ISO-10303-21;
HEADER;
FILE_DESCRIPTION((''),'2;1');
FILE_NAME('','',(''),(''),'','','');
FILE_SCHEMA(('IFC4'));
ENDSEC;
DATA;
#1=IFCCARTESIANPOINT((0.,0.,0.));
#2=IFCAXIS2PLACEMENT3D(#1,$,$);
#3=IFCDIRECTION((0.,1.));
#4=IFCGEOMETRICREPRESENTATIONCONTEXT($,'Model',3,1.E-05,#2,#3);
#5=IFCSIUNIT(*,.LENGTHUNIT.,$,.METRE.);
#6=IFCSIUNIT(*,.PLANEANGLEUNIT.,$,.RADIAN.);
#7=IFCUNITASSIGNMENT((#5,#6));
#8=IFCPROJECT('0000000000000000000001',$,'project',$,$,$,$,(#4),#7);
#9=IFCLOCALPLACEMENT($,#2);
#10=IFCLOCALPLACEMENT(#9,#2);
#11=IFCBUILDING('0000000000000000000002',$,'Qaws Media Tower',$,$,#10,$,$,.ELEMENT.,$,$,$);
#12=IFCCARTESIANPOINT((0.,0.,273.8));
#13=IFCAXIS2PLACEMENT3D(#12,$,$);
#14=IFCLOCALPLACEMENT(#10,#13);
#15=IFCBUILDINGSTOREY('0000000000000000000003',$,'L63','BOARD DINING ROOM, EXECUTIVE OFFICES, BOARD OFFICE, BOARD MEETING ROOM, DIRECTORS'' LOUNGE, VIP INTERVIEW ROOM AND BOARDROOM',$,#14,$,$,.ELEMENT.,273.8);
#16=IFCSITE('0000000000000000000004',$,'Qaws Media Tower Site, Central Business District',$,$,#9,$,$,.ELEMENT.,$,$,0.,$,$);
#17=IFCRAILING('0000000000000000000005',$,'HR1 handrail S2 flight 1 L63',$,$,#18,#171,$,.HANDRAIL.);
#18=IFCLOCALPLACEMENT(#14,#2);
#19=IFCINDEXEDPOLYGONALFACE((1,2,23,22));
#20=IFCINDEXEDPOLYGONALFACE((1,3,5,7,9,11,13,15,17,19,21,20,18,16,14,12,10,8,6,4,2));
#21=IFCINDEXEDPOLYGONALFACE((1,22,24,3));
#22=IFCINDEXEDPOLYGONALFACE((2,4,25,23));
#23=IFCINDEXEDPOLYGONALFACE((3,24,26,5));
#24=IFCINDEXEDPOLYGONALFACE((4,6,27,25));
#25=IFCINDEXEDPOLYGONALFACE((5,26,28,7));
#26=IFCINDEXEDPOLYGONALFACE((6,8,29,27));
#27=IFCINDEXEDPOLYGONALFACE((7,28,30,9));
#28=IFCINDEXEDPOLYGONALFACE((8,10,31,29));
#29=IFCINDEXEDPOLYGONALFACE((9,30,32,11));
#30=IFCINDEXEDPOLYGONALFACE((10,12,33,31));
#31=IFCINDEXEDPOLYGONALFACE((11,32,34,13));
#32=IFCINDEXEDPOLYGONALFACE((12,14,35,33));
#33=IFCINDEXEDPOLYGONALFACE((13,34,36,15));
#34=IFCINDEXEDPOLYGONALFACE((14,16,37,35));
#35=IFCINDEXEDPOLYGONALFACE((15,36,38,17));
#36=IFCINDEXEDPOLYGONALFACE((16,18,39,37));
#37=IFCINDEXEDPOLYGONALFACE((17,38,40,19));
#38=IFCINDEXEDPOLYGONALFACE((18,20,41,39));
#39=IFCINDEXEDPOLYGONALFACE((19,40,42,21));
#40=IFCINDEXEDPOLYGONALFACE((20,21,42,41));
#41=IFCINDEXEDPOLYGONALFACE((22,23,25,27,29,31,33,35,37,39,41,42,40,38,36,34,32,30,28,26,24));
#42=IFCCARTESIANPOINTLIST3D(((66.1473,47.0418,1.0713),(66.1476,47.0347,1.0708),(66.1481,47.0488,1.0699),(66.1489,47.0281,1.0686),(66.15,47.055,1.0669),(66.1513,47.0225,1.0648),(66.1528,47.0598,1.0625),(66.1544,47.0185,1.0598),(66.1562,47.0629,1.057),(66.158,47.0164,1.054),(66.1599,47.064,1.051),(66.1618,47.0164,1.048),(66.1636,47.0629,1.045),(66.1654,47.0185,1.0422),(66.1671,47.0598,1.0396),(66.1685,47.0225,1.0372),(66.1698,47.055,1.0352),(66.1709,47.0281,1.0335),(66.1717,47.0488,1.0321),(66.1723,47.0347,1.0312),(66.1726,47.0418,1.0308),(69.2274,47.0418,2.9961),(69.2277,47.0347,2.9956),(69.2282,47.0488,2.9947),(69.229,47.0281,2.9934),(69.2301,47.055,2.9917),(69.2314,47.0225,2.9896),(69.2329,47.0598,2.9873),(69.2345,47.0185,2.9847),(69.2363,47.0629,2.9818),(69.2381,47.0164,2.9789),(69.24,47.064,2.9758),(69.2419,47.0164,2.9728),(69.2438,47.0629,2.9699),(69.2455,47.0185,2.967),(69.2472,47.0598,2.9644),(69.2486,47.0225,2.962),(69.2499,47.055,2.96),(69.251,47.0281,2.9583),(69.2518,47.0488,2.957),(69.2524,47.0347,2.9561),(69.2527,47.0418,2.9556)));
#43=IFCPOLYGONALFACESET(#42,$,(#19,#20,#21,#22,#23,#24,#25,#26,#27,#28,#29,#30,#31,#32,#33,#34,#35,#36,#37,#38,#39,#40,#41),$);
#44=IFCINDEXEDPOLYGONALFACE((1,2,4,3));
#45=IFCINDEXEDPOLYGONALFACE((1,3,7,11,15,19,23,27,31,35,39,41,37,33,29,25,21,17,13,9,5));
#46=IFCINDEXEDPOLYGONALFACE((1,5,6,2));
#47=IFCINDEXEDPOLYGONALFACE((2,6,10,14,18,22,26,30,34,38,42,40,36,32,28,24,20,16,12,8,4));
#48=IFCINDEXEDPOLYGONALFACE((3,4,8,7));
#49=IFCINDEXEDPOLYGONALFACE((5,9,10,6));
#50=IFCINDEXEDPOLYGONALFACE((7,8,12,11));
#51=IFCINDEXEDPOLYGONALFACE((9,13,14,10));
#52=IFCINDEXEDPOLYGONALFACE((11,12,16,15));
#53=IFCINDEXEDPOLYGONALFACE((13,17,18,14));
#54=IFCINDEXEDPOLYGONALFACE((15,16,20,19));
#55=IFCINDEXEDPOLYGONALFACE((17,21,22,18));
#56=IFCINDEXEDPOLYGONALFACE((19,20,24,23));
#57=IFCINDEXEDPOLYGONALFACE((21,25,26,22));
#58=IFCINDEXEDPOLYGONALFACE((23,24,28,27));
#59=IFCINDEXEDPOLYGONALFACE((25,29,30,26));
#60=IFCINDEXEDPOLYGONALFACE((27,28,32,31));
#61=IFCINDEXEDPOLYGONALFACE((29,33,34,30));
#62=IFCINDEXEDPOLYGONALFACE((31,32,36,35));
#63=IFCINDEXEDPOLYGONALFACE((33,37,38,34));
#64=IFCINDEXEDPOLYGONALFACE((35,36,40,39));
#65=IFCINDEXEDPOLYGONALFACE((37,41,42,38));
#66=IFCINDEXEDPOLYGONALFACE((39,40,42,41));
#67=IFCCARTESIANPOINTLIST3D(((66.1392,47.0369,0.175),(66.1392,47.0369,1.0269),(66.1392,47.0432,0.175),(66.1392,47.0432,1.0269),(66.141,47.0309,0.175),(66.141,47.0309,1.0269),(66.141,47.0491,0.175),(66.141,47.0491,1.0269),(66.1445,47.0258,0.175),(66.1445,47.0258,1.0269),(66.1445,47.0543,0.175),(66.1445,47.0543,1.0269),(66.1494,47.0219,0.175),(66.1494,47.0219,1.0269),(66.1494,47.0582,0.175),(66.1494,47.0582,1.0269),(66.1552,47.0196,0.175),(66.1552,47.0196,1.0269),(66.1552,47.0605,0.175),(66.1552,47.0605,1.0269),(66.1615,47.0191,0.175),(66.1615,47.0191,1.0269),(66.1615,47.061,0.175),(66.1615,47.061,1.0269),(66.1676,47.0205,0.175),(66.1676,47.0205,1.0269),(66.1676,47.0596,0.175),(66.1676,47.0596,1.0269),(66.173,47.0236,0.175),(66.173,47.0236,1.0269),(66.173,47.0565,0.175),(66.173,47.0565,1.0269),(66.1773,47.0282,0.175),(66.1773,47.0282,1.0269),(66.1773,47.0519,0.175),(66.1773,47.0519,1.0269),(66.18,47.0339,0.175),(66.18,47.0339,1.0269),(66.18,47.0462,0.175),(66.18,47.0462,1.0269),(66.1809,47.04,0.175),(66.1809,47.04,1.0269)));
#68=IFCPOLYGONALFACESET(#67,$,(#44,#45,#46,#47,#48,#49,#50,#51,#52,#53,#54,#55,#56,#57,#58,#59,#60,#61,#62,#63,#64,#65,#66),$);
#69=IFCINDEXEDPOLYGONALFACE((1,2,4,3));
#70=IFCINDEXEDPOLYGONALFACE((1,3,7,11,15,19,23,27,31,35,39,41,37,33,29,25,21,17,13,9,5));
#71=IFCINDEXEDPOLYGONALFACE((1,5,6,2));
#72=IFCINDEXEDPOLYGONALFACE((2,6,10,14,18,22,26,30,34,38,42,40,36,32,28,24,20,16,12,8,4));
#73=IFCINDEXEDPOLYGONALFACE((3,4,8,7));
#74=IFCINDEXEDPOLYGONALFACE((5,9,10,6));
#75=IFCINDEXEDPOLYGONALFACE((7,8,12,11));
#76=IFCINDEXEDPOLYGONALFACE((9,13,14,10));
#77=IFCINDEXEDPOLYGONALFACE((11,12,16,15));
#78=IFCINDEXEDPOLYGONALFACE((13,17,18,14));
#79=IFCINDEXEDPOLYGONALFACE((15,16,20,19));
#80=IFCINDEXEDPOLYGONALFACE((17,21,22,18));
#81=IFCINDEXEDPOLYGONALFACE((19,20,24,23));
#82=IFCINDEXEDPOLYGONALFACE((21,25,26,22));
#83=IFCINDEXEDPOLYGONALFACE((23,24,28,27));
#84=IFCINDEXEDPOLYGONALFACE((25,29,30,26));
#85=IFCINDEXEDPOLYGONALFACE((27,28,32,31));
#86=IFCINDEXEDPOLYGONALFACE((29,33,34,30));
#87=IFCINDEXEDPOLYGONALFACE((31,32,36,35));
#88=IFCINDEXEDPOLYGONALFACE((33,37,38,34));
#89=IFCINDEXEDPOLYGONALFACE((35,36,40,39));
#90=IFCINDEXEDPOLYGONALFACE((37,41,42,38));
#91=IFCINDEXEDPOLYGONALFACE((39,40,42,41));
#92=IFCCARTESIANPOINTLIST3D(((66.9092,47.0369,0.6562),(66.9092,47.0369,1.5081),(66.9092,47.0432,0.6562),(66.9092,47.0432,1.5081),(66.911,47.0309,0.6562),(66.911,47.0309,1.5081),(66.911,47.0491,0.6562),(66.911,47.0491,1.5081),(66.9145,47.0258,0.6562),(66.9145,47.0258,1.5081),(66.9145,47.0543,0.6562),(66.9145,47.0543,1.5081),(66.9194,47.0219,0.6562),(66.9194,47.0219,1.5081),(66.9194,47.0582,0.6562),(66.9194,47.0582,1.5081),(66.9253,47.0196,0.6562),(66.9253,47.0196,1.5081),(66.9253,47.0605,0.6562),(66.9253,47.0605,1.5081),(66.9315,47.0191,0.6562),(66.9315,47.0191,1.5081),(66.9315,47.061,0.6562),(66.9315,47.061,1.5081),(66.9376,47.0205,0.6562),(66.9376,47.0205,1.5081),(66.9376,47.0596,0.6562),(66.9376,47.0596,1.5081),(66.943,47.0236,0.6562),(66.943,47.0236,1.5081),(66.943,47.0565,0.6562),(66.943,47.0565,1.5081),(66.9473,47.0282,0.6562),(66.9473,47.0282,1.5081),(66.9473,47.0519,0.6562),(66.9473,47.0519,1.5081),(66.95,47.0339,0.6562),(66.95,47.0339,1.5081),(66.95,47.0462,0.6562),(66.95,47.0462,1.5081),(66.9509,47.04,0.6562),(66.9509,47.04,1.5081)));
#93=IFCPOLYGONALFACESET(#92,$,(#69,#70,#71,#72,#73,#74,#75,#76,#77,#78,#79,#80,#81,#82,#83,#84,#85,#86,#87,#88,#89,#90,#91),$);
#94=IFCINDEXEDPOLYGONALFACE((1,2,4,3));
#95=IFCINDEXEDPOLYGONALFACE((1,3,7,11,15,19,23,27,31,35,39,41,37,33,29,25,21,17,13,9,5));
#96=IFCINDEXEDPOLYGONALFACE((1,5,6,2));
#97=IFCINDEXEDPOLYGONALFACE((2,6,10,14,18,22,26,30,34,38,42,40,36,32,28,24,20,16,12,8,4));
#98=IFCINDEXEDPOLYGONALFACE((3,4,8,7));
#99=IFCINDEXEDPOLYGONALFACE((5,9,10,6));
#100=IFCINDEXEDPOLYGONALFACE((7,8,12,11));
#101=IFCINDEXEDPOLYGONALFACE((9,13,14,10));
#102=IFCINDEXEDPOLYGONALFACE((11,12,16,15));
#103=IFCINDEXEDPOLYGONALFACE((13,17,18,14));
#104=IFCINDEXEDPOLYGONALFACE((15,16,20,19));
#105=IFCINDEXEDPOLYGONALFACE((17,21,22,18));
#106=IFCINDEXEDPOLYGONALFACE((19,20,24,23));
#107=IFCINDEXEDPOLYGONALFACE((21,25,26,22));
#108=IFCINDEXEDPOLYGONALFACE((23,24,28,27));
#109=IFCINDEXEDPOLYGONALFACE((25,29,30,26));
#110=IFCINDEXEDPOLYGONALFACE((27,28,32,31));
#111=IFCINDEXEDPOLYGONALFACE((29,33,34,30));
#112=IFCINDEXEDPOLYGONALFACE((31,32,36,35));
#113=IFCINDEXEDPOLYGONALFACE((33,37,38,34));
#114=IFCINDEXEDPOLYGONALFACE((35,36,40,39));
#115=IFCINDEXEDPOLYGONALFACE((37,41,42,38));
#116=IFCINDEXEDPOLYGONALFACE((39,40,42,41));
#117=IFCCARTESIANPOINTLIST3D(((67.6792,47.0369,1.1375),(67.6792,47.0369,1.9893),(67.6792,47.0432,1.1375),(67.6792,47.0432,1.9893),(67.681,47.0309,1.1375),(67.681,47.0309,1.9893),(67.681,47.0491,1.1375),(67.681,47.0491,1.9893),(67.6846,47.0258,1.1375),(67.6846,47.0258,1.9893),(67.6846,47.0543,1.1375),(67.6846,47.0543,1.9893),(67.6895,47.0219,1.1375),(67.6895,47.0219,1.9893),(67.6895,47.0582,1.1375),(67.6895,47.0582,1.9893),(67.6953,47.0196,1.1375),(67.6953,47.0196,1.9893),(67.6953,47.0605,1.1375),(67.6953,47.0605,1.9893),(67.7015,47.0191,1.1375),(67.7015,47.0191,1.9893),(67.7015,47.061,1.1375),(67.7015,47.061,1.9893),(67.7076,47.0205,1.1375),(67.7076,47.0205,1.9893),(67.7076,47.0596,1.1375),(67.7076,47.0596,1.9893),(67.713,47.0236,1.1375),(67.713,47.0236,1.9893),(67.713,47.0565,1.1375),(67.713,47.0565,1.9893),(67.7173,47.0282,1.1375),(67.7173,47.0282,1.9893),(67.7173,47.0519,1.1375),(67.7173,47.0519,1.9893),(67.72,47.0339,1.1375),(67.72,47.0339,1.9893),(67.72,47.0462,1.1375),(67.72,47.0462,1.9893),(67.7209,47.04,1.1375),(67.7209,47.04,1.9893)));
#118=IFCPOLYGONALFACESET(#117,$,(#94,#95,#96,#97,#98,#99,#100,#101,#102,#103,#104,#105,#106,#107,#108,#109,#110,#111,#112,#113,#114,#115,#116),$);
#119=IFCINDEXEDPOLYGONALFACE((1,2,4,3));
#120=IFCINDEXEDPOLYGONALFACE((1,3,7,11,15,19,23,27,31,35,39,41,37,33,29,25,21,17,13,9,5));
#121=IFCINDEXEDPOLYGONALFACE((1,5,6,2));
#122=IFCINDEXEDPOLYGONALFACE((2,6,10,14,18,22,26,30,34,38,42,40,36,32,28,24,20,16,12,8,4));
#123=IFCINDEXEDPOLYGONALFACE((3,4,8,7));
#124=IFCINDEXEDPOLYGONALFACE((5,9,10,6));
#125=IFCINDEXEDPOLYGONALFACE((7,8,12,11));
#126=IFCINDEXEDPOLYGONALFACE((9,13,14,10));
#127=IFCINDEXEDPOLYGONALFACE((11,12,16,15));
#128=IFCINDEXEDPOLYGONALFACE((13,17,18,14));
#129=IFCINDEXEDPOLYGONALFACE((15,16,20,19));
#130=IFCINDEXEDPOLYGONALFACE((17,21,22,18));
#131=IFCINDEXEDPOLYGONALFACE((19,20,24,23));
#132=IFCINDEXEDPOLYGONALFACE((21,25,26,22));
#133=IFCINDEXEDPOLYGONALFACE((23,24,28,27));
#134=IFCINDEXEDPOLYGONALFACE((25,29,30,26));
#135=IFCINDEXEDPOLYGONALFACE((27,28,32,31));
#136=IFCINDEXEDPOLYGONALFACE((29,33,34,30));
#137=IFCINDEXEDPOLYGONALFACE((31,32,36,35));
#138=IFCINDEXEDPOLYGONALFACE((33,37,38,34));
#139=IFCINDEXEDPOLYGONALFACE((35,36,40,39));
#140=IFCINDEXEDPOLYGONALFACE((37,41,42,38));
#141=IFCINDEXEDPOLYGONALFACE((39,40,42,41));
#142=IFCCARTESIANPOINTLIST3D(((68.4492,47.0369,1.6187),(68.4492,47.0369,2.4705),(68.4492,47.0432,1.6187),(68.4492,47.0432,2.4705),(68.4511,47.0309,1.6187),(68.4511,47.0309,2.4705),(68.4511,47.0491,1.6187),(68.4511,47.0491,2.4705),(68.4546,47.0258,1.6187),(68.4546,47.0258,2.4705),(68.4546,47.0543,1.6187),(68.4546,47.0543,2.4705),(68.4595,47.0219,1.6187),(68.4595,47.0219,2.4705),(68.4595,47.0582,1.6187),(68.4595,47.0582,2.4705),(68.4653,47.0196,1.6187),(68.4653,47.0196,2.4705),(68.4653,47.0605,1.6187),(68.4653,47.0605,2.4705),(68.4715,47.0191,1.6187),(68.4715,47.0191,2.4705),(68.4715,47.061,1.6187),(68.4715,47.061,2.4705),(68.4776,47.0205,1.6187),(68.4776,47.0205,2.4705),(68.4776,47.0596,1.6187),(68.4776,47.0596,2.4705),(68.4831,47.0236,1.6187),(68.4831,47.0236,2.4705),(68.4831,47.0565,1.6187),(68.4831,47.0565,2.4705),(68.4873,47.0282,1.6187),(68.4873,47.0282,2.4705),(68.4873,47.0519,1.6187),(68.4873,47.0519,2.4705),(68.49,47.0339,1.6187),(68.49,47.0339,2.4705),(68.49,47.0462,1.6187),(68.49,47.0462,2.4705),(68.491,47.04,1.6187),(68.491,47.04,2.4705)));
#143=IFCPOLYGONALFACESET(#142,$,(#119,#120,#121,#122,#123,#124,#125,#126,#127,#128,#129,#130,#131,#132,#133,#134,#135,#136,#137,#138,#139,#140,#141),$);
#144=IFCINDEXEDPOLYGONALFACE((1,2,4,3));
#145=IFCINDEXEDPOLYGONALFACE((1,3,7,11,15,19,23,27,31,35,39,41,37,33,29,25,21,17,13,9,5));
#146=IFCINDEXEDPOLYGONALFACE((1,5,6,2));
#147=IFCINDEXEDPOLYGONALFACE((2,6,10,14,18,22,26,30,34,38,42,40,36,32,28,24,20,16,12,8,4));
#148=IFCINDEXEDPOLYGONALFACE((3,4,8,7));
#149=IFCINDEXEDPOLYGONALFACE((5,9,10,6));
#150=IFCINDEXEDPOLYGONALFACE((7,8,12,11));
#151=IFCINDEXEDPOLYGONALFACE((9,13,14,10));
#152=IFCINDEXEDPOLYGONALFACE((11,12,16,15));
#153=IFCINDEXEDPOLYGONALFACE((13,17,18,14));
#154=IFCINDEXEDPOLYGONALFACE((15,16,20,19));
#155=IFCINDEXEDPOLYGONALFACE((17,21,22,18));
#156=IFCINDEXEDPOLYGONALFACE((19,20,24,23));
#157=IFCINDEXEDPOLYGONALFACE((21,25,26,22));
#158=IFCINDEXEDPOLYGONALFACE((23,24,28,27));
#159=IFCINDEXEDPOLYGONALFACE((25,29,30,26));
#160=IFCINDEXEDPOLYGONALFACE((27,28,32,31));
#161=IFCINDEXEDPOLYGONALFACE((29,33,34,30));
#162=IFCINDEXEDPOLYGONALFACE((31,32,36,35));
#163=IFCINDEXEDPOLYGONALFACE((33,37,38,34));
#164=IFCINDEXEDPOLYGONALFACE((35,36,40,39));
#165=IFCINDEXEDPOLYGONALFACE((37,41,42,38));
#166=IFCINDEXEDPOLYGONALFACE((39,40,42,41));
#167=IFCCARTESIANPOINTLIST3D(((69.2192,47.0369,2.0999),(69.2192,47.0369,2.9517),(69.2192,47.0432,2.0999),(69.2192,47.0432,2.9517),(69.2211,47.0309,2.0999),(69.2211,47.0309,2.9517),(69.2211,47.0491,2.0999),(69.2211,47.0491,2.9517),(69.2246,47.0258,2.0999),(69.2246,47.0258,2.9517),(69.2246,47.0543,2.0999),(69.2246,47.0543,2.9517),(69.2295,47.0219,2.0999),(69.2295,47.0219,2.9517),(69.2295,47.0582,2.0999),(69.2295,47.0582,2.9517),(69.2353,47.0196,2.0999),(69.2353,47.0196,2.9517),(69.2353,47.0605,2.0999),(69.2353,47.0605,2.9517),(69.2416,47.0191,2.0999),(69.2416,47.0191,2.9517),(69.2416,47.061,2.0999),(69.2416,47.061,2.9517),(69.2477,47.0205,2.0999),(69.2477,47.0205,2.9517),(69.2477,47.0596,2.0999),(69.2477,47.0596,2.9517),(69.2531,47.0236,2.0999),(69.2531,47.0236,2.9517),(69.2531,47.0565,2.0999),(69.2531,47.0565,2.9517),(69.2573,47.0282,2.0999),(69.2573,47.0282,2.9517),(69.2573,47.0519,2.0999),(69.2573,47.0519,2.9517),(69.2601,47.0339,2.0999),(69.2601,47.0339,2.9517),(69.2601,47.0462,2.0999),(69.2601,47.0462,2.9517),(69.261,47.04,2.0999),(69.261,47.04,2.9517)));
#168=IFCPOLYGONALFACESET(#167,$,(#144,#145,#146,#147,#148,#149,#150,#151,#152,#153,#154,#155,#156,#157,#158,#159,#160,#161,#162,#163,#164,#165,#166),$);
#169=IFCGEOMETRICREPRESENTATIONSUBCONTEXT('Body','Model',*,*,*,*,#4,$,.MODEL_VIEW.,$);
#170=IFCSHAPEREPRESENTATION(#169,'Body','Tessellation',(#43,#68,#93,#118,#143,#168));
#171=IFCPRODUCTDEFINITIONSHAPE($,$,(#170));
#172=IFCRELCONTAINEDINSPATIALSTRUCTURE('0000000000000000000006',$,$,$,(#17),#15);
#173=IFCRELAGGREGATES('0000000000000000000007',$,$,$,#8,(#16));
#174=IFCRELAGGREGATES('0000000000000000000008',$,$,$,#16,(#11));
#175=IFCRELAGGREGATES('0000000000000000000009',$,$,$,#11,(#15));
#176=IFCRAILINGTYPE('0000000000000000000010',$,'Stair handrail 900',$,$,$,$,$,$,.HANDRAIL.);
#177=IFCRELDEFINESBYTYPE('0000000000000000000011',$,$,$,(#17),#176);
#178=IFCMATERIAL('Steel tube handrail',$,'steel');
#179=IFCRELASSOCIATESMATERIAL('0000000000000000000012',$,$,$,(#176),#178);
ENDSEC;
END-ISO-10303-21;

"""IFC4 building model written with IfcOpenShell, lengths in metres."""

from ifc_helpers import new_model, si_unit, direction, frame, origin, origin_2d, place, context, subcontext, project, spatial, circle, extrude, material, type_object, element, save


model = new_model("IFC4")

# Units and contexts
model_context = context("Model", 3, precision=1e-05, world=origin(), true_north=direction((0.0, 1.0)))
body_context = subcontext(model_context, "Body", "Model", "MODEL_VIEW")
ifc_project = project(units=[si_unit("LENGTHUNIT", "METRE"), si_unit("PLANEANGLEUNIT", "RADIAN")], contexts=[model_context])

# Site, building, storey
site_placement = place(None, origin())
site = spatial("IfcSite", under=ifc_project, at=site_placement, Name="Qaws Media Tower Site, Central Business District", CompositionType="ELEMENT", RefElevation=0.0)
building_placement = place(site_placement, origin())
building = spatial("IfcBuilding", under=site, at=building_placement, Name="Qaws Media Tower", CompositionType="ELEMENT")
storey_placement = place(building_placement, frame((0.0, 0.0, 273.8)))
storey = spatial("IfcBuildingStorey", under=building, at=storey_placement, Name="L63", Description="BOARD DINING ROOM, EXECUTIVE OFFICES, BOARD OFFICE, BOARD MEETING ROOM, DIRECTORS' LOUNGE, VIP INTERVIEW ROOM AND BOARDROOM", CompositionType="ELEMENT", Elevation=273.8)

# Railing
ifc_material_1 = material(Name="Steel tube handrail", Category="steel")
railing_type = type_object("IfcRailingType", Name="Stair handrail 900", PredefinedType="HANDRAIL", material=ifc_material_1)
for number, where, name in (
    (1, (66.1599, 47.04, 0.175), "HR1 handrail S2 flight 1 L63"),
):
    element("IfcRailing", number, at=place(storey_placement, frame(where)), inside=storey, type_object=railing_type, Name=name, PredefinedType="HANDRAIL", context=body_context, shape_type="SweptSolid", body=[
        extrude(circle(Radius=0.0239, at=origin_2d()), frame((0.0, 0.0, 0.876), z_axis=(0.848029, 0.0, 0.529951), x_axis=(0.0, 1.0, 0.0)), (0.0, 0.0, 1.0), 3.6321),
        extrude(circle(Radius=0.021, at=origin_2d()), origin(), (0.0, 0.0, 1.0), 0.8518),
        extrude(circle(Radius=0.021, at=origin_2d()), frame((0.77, 0.0, 0.4812)), (0.0, 0.0, 1.0), 0.8518),
        extrude(circle(Radius=0.021, at=origin_2d()), frame((1.54, 0.0, 0.9624)), (0.0, 0.0, 1.0), 0.8518),
        extrude(circle(Radius=0.021, at=origin_2d()), frame((2.3101, 0.0, 1.4436)), (0.0, 0.0, 1.0), 0.8518),
        extrude(circle(Radius=0.021, at=origin_2d()), frame((3.0801, 0.0, 1.9248)), (0.0, 0.0, 1.0), 0.8518),
    ])

save(model, "model.ifc")
